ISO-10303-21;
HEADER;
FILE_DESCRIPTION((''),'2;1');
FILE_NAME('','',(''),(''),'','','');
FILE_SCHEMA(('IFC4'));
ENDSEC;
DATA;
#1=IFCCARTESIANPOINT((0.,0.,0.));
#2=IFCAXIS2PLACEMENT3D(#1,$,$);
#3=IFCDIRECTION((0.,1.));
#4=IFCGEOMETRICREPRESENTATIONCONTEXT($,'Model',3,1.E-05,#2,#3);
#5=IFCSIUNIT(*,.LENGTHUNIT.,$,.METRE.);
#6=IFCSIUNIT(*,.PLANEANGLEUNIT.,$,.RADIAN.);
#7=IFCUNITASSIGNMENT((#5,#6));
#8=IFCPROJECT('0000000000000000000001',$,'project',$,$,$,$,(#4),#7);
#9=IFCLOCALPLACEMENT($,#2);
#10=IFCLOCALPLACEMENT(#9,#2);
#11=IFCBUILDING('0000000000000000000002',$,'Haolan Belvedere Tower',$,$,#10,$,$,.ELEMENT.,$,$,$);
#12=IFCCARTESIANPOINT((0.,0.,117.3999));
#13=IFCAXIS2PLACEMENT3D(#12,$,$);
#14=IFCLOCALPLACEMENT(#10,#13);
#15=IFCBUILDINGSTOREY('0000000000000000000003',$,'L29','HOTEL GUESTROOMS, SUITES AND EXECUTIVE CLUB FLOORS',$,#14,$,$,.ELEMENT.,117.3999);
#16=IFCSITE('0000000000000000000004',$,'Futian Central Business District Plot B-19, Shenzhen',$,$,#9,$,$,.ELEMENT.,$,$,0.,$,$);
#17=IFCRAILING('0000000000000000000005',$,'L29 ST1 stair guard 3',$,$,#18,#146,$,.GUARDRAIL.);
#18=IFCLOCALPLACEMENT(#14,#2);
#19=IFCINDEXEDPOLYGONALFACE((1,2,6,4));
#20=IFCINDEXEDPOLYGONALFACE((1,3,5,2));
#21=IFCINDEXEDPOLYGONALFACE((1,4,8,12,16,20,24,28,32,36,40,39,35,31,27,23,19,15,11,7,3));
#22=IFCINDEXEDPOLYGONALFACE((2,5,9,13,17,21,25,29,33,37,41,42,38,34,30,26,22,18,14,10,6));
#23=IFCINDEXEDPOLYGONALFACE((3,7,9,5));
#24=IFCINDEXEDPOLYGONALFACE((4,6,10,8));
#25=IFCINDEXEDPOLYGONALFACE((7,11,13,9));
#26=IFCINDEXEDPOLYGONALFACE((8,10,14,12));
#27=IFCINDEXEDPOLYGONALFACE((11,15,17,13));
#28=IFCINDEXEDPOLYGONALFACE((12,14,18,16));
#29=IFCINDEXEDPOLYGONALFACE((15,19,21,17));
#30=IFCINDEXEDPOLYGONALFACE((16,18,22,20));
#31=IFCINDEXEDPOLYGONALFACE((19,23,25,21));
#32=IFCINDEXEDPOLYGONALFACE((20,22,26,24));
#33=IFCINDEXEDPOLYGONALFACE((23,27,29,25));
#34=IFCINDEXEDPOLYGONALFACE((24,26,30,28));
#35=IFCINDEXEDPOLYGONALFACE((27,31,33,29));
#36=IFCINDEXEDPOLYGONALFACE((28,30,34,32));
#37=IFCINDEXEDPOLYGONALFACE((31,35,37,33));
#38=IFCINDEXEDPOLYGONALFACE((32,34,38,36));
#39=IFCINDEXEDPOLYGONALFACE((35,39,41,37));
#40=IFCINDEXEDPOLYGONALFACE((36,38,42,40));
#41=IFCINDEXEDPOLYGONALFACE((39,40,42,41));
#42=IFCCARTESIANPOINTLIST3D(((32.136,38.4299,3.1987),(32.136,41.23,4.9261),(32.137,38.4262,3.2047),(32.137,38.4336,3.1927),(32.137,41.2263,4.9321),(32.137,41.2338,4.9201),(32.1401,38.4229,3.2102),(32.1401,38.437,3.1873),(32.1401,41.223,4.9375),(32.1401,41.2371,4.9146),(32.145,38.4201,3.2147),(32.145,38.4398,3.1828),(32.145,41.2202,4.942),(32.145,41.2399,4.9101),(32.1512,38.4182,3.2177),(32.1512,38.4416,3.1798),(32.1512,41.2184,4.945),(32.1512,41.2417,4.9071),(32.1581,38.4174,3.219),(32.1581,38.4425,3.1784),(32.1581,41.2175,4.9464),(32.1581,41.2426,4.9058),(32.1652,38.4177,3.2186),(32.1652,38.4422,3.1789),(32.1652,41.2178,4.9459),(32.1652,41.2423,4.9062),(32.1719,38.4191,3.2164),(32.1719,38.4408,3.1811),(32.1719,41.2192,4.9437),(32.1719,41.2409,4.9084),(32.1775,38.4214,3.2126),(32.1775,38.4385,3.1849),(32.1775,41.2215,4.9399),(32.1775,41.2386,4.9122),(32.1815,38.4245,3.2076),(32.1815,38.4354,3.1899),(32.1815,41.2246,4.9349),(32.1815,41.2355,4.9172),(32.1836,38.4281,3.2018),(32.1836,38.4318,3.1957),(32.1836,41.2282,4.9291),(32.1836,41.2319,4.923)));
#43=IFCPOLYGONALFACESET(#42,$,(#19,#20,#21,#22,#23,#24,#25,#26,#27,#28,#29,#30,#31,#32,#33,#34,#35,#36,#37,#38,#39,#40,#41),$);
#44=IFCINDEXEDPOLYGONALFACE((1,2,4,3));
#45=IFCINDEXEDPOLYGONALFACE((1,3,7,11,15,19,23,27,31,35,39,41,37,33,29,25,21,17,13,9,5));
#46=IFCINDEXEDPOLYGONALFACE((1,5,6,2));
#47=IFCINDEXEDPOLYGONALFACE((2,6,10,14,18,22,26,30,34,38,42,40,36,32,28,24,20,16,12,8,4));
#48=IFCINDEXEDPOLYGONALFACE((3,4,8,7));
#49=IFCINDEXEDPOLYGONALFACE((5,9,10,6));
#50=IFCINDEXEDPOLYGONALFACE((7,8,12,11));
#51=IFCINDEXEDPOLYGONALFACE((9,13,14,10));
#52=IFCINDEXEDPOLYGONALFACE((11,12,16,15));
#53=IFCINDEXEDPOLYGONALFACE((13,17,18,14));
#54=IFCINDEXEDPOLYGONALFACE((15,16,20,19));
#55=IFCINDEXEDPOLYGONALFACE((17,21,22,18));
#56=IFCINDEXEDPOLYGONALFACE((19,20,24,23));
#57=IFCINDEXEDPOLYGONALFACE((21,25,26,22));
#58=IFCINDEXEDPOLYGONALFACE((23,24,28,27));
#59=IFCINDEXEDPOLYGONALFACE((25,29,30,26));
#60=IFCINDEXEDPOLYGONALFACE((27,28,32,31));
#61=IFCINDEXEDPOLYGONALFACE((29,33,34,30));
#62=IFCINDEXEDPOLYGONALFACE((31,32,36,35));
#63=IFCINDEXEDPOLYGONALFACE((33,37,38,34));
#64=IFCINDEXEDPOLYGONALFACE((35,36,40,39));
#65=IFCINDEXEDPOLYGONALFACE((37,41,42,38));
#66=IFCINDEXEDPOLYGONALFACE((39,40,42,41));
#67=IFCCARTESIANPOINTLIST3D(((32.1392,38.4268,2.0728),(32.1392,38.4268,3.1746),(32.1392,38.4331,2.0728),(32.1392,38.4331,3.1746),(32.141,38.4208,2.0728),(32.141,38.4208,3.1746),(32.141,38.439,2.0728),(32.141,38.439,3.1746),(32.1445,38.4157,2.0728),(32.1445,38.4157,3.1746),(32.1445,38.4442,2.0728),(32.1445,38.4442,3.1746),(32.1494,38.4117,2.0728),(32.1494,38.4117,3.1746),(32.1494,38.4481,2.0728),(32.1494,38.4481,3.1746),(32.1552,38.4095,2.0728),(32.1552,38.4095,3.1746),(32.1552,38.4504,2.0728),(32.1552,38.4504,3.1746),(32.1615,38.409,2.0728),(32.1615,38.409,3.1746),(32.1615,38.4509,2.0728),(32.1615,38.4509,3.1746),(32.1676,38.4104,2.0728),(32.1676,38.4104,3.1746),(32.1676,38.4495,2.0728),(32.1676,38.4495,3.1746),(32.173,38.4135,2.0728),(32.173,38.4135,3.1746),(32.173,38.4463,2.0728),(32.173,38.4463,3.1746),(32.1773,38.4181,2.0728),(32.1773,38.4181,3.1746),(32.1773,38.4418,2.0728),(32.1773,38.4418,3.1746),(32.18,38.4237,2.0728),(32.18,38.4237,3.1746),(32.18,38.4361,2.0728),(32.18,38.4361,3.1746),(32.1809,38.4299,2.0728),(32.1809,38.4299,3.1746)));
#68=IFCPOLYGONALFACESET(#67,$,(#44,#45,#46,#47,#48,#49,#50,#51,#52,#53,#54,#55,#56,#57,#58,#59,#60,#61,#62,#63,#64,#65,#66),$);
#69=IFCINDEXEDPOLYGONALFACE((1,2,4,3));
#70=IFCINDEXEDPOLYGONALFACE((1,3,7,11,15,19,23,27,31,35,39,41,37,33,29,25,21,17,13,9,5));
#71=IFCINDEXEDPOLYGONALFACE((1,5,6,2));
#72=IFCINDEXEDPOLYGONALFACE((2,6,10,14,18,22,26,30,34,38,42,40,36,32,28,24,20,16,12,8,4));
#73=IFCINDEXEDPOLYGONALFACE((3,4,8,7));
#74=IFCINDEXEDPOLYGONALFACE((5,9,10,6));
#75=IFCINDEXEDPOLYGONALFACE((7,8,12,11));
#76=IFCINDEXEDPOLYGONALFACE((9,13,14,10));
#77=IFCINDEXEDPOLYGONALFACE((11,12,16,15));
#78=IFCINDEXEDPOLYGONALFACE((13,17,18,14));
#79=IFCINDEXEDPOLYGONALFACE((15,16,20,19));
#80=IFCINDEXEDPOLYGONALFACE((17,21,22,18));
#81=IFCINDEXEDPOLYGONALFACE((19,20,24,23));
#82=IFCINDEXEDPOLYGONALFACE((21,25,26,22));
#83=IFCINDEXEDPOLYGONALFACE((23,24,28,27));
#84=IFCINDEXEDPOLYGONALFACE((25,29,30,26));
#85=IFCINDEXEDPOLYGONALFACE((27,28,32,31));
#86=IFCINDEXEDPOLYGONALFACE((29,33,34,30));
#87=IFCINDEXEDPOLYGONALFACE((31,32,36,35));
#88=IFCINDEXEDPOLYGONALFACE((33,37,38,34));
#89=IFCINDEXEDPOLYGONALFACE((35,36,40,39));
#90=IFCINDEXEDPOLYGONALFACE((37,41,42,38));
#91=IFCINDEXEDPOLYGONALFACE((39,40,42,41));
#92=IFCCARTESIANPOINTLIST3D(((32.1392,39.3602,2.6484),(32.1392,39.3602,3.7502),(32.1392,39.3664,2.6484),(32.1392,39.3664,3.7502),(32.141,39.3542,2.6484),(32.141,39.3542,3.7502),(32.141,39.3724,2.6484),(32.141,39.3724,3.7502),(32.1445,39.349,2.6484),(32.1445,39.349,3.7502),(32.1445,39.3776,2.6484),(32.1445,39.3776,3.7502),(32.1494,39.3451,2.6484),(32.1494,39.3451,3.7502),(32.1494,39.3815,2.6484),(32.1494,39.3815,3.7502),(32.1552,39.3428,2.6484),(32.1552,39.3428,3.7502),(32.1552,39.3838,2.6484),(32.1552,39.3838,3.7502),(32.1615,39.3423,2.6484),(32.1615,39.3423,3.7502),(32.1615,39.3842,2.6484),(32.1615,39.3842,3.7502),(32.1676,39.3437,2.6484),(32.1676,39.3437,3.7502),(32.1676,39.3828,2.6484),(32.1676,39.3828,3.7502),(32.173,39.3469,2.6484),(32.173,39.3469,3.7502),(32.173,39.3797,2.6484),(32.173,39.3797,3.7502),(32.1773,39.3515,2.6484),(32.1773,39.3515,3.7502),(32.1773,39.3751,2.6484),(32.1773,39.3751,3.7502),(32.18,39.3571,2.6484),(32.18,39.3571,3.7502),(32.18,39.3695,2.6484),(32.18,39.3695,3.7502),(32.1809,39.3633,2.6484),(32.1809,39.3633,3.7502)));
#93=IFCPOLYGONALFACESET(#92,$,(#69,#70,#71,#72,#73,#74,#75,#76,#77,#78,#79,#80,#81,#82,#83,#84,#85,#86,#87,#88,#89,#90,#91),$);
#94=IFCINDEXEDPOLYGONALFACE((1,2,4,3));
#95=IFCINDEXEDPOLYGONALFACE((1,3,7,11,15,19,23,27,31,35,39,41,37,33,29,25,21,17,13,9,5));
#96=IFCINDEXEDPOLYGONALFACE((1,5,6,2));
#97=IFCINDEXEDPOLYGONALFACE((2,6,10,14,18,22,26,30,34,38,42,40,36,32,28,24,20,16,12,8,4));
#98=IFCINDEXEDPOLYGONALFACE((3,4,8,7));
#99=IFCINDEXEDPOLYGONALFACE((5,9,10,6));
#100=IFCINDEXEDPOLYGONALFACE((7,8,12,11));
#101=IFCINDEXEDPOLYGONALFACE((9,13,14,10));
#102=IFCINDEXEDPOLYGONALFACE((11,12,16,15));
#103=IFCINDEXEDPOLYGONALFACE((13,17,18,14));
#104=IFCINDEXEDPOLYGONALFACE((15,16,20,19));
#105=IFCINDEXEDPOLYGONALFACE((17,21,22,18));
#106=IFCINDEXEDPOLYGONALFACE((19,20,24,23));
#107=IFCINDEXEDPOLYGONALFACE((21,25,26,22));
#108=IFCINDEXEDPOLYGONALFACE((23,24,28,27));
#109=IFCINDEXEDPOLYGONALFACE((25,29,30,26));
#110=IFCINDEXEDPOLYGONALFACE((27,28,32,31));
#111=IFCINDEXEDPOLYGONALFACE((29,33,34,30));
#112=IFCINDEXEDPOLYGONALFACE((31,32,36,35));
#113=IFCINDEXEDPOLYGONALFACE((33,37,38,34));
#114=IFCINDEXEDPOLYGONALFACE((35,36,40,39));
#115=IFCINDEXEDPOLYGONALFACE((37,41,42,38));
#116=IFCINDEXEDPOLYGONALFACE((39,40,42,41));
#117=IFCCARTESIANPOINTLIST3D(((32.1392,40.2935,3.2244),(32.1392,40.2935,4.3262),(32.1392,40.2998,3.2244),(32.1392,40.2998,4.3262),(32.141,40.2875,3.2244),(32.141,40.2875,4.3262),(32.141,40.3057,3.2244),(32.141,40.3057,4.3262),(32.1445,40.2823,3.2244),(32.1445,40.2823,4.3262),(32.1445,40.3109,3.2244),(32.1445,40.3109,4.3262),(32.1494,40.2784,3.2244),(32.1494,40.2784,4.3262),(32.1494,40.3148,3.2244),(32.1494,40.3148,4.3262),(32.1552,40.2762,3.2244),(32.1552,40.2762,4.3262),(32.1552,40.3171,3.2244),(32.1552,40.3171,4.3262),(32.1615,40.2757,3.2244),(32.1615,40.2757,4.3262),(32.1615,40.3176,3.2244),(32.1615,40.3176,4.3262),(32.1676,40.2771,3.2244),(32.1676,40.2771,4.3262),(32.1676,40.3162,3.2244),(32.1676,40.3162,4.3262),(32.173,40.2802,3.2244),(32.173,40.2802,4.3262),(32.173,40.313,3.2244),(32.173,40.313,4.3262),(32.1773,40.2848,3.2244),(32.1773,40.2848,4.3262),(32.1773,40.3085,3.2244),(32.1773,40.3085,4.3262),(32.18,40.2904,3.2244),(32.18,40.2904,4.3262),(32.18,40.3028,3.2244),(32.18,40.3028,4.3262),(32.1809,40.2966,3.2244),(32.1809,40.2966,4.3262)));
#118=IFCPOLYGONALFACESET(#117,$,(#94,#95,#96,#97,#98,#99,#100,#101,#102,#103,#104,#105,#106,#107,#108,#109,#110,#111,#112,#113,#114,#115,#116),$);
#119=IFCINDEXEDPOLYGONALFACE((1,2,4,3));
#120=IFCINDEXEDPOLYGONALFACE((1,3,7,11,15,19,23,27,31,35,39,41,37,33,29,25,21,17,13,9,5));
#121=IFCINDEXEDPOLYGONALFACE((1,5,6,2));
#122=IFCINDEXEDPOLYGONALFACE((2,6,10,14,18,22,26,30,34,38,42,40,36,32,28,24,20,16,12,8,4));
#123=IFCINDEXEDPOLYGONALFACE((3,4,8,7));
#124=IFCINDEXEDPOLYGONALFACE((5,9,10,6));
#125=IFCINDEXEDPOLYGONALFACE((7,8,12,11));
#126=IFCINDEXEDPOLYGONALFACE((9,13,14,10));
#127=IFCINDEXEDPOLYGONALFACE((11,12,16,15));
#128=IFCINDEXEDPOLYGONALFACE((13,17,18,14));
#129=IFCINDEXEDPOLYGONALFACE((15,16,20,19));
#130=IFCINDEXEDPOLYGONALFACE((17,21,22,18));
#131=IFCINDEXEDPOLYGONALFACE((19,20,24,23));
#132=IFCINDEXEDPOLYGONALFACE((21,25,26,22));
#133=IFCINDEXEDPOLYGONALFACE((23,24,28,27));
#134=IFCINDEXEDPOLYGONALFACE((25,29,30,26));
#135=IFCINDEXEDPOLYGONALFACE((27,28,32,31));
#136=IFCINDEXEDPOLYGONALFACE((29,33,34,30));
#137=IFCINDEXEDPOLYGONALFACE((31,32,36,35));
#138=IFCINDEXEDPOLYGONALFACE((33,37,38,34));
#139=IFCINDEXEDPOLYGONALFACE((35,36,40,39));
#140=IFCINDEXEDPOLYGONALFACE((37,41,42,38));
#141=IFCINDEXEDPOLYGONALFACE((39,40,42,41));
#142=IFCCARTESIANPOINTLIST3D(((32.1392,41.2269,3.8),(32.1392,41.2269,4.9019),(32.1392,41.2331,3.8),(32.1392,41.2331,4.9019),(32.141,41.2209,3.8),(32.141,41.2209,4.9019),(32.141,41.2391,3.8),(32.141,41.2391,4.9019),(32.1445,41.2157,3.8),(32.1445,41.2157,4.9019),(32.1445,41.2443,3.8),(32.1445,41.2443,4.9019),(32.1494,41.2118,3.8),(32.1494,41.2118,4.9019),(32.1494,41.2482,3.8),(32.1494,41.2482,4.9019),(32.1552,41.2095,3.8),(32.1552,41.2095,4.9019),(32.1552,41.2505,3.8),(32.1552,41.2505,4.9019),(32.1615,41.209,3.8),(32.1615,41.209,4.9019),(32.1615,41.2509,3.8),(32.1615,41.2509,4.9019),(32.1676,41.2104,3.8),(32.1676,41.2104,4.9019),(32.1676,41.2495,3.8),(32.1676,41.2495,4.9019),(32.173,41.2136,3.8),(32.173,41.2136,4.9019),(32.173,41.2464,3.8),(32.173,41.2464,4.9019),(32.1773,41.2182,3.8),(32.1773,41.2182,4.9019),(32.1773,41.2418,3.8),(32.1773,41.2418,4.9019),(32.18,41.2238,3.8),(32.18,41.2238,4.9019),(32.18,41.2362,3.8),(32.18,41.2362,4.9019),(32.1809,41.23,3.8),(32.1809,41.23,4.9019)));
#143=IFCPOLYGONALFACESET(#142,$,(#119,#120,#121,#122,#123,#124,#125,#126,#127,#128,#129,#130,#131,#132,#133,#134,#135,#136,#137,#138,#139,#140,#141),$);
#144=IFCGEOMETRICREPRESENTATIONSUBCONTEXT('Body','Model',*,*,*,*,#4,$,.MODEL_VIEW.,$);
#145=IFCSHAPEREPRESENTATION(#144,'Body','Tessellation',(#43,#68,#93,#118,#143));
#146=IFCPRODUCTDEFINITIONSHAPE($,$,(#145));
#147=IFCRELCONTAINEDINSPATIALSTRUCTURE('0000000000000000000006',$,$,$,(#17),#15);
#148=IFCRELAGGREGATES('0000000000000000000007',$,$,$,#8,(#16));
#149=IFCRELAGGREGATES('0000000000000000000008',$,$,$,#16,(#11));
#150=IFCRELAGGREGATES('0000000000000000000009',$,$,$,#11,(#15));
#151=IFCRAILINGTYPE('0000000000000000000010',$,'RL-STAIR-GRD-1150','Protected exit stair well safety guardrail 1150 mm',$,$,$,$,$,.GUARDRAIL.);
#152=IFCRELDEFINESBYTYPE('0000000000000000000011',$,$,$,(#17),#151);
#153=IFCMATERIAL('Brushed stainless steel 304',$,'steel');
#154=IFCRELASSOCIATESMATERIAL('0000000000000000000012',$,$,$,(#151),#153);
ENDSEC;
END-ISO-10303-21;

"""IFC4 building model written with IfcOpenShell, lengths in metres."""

from ifc_helpers import new_model, si_unit, direction, frame, origin, origin_2d, place, context, subcontext, project, spatial, circle, extrude, material, type_object, element, save


model = new_model("IFC4")

# Units and contexts
model_context = context("Model", 3, precision=1e-05, world=origin(), true_north=direction((0.0, 1.0)))
body_context = subcontext(model_context, "Body", "Model", "MODEL_VIEW")
ifc_project = project(units=[si_unit("LENGTHUNIT", "METRE"), si_unit("PLANEANGLEUNIT", "RADIAN")], contexts=[model_context])

# Site, building, storey
site_placement = place(None, origin())
site = spatial("IfcSite", under=ifc_project, at=site_placement, Name="Futian Central Business District Plot B-19, Shenzhen", CompositionType="ELEMENT", RefElevation=0.0)
building_placement = place(site_placement, origin())
building = spatial("IfcBuilding", under=site, at=building_placement, Name="Haolan Belvedere Tower", CompositionType="ELEMENT")
storey_placement = place(building_placement, frame((0.0, 0.0, 117.3999)))
storey = spatial("IfcBuildingStorey", under=building, at=storey_placement, Name="L29", Description="HOTEL GUESTROOMS, SUITES AND EXECUTIVE CLUB FLOORS", CompositionType="ELEMENT", Elevation=117.3999)

# Railing
ifc_material_1 = material(Name="Brushed stainless steel 304", Category="steel")
railing_type_1 = type_object("IfcRailingType", Name="RL-STAIR-GRD-1150", Description="Protected exit stair well safety guardrail 1150 mm", PredefinedType="GUARDRAIL", material=ifc_material_1)
railing_1_placement = place(storey_placement, frame((32.1599, 38.4299, 2.0728)))
element("IfcRailing", 1, at=railing_1_placement, inside=storey, type_object=railing_type_1, Name="L29 ST1 stair guard 3", PredefinedType="GUARDRAIL", context=body_context, shape_type="SweptSolid", body=[
    extrude(circle(Radius=0.0239, at=origin_2d()), frame((0.0, 0.0, 1.126), z_axis=(0.0, 0.85109, 0.52502), x_axis=(-1.0, 0.0, 0.0)), (0.0, 0.0, 1.0), 3.29),
    extrude(circle(Radius=0.021, at=origin_2d()), origin(), (0.0, 0.0, 1.0), 1.1018),
    extrude(circle(Radius=0.021, at=origin_2d()), frame((0.0, 0.9333, 0.5757)), (0.0, 0.0, 1.0), 1.1018),
    extrude(circle(Radius=0.021, at=origin_2d()), frame((0.0, 1.8667, 1.1516)), (0.0, 0.0, 1.0), 1.1018),
    extrude(circle(Radius=0.021, at=origin_2d()), frame((0.0, 2.8, 1.7273)), (0.0, 0.0, 1.0), 1.1018),
])

save(model, "model.ifc")
